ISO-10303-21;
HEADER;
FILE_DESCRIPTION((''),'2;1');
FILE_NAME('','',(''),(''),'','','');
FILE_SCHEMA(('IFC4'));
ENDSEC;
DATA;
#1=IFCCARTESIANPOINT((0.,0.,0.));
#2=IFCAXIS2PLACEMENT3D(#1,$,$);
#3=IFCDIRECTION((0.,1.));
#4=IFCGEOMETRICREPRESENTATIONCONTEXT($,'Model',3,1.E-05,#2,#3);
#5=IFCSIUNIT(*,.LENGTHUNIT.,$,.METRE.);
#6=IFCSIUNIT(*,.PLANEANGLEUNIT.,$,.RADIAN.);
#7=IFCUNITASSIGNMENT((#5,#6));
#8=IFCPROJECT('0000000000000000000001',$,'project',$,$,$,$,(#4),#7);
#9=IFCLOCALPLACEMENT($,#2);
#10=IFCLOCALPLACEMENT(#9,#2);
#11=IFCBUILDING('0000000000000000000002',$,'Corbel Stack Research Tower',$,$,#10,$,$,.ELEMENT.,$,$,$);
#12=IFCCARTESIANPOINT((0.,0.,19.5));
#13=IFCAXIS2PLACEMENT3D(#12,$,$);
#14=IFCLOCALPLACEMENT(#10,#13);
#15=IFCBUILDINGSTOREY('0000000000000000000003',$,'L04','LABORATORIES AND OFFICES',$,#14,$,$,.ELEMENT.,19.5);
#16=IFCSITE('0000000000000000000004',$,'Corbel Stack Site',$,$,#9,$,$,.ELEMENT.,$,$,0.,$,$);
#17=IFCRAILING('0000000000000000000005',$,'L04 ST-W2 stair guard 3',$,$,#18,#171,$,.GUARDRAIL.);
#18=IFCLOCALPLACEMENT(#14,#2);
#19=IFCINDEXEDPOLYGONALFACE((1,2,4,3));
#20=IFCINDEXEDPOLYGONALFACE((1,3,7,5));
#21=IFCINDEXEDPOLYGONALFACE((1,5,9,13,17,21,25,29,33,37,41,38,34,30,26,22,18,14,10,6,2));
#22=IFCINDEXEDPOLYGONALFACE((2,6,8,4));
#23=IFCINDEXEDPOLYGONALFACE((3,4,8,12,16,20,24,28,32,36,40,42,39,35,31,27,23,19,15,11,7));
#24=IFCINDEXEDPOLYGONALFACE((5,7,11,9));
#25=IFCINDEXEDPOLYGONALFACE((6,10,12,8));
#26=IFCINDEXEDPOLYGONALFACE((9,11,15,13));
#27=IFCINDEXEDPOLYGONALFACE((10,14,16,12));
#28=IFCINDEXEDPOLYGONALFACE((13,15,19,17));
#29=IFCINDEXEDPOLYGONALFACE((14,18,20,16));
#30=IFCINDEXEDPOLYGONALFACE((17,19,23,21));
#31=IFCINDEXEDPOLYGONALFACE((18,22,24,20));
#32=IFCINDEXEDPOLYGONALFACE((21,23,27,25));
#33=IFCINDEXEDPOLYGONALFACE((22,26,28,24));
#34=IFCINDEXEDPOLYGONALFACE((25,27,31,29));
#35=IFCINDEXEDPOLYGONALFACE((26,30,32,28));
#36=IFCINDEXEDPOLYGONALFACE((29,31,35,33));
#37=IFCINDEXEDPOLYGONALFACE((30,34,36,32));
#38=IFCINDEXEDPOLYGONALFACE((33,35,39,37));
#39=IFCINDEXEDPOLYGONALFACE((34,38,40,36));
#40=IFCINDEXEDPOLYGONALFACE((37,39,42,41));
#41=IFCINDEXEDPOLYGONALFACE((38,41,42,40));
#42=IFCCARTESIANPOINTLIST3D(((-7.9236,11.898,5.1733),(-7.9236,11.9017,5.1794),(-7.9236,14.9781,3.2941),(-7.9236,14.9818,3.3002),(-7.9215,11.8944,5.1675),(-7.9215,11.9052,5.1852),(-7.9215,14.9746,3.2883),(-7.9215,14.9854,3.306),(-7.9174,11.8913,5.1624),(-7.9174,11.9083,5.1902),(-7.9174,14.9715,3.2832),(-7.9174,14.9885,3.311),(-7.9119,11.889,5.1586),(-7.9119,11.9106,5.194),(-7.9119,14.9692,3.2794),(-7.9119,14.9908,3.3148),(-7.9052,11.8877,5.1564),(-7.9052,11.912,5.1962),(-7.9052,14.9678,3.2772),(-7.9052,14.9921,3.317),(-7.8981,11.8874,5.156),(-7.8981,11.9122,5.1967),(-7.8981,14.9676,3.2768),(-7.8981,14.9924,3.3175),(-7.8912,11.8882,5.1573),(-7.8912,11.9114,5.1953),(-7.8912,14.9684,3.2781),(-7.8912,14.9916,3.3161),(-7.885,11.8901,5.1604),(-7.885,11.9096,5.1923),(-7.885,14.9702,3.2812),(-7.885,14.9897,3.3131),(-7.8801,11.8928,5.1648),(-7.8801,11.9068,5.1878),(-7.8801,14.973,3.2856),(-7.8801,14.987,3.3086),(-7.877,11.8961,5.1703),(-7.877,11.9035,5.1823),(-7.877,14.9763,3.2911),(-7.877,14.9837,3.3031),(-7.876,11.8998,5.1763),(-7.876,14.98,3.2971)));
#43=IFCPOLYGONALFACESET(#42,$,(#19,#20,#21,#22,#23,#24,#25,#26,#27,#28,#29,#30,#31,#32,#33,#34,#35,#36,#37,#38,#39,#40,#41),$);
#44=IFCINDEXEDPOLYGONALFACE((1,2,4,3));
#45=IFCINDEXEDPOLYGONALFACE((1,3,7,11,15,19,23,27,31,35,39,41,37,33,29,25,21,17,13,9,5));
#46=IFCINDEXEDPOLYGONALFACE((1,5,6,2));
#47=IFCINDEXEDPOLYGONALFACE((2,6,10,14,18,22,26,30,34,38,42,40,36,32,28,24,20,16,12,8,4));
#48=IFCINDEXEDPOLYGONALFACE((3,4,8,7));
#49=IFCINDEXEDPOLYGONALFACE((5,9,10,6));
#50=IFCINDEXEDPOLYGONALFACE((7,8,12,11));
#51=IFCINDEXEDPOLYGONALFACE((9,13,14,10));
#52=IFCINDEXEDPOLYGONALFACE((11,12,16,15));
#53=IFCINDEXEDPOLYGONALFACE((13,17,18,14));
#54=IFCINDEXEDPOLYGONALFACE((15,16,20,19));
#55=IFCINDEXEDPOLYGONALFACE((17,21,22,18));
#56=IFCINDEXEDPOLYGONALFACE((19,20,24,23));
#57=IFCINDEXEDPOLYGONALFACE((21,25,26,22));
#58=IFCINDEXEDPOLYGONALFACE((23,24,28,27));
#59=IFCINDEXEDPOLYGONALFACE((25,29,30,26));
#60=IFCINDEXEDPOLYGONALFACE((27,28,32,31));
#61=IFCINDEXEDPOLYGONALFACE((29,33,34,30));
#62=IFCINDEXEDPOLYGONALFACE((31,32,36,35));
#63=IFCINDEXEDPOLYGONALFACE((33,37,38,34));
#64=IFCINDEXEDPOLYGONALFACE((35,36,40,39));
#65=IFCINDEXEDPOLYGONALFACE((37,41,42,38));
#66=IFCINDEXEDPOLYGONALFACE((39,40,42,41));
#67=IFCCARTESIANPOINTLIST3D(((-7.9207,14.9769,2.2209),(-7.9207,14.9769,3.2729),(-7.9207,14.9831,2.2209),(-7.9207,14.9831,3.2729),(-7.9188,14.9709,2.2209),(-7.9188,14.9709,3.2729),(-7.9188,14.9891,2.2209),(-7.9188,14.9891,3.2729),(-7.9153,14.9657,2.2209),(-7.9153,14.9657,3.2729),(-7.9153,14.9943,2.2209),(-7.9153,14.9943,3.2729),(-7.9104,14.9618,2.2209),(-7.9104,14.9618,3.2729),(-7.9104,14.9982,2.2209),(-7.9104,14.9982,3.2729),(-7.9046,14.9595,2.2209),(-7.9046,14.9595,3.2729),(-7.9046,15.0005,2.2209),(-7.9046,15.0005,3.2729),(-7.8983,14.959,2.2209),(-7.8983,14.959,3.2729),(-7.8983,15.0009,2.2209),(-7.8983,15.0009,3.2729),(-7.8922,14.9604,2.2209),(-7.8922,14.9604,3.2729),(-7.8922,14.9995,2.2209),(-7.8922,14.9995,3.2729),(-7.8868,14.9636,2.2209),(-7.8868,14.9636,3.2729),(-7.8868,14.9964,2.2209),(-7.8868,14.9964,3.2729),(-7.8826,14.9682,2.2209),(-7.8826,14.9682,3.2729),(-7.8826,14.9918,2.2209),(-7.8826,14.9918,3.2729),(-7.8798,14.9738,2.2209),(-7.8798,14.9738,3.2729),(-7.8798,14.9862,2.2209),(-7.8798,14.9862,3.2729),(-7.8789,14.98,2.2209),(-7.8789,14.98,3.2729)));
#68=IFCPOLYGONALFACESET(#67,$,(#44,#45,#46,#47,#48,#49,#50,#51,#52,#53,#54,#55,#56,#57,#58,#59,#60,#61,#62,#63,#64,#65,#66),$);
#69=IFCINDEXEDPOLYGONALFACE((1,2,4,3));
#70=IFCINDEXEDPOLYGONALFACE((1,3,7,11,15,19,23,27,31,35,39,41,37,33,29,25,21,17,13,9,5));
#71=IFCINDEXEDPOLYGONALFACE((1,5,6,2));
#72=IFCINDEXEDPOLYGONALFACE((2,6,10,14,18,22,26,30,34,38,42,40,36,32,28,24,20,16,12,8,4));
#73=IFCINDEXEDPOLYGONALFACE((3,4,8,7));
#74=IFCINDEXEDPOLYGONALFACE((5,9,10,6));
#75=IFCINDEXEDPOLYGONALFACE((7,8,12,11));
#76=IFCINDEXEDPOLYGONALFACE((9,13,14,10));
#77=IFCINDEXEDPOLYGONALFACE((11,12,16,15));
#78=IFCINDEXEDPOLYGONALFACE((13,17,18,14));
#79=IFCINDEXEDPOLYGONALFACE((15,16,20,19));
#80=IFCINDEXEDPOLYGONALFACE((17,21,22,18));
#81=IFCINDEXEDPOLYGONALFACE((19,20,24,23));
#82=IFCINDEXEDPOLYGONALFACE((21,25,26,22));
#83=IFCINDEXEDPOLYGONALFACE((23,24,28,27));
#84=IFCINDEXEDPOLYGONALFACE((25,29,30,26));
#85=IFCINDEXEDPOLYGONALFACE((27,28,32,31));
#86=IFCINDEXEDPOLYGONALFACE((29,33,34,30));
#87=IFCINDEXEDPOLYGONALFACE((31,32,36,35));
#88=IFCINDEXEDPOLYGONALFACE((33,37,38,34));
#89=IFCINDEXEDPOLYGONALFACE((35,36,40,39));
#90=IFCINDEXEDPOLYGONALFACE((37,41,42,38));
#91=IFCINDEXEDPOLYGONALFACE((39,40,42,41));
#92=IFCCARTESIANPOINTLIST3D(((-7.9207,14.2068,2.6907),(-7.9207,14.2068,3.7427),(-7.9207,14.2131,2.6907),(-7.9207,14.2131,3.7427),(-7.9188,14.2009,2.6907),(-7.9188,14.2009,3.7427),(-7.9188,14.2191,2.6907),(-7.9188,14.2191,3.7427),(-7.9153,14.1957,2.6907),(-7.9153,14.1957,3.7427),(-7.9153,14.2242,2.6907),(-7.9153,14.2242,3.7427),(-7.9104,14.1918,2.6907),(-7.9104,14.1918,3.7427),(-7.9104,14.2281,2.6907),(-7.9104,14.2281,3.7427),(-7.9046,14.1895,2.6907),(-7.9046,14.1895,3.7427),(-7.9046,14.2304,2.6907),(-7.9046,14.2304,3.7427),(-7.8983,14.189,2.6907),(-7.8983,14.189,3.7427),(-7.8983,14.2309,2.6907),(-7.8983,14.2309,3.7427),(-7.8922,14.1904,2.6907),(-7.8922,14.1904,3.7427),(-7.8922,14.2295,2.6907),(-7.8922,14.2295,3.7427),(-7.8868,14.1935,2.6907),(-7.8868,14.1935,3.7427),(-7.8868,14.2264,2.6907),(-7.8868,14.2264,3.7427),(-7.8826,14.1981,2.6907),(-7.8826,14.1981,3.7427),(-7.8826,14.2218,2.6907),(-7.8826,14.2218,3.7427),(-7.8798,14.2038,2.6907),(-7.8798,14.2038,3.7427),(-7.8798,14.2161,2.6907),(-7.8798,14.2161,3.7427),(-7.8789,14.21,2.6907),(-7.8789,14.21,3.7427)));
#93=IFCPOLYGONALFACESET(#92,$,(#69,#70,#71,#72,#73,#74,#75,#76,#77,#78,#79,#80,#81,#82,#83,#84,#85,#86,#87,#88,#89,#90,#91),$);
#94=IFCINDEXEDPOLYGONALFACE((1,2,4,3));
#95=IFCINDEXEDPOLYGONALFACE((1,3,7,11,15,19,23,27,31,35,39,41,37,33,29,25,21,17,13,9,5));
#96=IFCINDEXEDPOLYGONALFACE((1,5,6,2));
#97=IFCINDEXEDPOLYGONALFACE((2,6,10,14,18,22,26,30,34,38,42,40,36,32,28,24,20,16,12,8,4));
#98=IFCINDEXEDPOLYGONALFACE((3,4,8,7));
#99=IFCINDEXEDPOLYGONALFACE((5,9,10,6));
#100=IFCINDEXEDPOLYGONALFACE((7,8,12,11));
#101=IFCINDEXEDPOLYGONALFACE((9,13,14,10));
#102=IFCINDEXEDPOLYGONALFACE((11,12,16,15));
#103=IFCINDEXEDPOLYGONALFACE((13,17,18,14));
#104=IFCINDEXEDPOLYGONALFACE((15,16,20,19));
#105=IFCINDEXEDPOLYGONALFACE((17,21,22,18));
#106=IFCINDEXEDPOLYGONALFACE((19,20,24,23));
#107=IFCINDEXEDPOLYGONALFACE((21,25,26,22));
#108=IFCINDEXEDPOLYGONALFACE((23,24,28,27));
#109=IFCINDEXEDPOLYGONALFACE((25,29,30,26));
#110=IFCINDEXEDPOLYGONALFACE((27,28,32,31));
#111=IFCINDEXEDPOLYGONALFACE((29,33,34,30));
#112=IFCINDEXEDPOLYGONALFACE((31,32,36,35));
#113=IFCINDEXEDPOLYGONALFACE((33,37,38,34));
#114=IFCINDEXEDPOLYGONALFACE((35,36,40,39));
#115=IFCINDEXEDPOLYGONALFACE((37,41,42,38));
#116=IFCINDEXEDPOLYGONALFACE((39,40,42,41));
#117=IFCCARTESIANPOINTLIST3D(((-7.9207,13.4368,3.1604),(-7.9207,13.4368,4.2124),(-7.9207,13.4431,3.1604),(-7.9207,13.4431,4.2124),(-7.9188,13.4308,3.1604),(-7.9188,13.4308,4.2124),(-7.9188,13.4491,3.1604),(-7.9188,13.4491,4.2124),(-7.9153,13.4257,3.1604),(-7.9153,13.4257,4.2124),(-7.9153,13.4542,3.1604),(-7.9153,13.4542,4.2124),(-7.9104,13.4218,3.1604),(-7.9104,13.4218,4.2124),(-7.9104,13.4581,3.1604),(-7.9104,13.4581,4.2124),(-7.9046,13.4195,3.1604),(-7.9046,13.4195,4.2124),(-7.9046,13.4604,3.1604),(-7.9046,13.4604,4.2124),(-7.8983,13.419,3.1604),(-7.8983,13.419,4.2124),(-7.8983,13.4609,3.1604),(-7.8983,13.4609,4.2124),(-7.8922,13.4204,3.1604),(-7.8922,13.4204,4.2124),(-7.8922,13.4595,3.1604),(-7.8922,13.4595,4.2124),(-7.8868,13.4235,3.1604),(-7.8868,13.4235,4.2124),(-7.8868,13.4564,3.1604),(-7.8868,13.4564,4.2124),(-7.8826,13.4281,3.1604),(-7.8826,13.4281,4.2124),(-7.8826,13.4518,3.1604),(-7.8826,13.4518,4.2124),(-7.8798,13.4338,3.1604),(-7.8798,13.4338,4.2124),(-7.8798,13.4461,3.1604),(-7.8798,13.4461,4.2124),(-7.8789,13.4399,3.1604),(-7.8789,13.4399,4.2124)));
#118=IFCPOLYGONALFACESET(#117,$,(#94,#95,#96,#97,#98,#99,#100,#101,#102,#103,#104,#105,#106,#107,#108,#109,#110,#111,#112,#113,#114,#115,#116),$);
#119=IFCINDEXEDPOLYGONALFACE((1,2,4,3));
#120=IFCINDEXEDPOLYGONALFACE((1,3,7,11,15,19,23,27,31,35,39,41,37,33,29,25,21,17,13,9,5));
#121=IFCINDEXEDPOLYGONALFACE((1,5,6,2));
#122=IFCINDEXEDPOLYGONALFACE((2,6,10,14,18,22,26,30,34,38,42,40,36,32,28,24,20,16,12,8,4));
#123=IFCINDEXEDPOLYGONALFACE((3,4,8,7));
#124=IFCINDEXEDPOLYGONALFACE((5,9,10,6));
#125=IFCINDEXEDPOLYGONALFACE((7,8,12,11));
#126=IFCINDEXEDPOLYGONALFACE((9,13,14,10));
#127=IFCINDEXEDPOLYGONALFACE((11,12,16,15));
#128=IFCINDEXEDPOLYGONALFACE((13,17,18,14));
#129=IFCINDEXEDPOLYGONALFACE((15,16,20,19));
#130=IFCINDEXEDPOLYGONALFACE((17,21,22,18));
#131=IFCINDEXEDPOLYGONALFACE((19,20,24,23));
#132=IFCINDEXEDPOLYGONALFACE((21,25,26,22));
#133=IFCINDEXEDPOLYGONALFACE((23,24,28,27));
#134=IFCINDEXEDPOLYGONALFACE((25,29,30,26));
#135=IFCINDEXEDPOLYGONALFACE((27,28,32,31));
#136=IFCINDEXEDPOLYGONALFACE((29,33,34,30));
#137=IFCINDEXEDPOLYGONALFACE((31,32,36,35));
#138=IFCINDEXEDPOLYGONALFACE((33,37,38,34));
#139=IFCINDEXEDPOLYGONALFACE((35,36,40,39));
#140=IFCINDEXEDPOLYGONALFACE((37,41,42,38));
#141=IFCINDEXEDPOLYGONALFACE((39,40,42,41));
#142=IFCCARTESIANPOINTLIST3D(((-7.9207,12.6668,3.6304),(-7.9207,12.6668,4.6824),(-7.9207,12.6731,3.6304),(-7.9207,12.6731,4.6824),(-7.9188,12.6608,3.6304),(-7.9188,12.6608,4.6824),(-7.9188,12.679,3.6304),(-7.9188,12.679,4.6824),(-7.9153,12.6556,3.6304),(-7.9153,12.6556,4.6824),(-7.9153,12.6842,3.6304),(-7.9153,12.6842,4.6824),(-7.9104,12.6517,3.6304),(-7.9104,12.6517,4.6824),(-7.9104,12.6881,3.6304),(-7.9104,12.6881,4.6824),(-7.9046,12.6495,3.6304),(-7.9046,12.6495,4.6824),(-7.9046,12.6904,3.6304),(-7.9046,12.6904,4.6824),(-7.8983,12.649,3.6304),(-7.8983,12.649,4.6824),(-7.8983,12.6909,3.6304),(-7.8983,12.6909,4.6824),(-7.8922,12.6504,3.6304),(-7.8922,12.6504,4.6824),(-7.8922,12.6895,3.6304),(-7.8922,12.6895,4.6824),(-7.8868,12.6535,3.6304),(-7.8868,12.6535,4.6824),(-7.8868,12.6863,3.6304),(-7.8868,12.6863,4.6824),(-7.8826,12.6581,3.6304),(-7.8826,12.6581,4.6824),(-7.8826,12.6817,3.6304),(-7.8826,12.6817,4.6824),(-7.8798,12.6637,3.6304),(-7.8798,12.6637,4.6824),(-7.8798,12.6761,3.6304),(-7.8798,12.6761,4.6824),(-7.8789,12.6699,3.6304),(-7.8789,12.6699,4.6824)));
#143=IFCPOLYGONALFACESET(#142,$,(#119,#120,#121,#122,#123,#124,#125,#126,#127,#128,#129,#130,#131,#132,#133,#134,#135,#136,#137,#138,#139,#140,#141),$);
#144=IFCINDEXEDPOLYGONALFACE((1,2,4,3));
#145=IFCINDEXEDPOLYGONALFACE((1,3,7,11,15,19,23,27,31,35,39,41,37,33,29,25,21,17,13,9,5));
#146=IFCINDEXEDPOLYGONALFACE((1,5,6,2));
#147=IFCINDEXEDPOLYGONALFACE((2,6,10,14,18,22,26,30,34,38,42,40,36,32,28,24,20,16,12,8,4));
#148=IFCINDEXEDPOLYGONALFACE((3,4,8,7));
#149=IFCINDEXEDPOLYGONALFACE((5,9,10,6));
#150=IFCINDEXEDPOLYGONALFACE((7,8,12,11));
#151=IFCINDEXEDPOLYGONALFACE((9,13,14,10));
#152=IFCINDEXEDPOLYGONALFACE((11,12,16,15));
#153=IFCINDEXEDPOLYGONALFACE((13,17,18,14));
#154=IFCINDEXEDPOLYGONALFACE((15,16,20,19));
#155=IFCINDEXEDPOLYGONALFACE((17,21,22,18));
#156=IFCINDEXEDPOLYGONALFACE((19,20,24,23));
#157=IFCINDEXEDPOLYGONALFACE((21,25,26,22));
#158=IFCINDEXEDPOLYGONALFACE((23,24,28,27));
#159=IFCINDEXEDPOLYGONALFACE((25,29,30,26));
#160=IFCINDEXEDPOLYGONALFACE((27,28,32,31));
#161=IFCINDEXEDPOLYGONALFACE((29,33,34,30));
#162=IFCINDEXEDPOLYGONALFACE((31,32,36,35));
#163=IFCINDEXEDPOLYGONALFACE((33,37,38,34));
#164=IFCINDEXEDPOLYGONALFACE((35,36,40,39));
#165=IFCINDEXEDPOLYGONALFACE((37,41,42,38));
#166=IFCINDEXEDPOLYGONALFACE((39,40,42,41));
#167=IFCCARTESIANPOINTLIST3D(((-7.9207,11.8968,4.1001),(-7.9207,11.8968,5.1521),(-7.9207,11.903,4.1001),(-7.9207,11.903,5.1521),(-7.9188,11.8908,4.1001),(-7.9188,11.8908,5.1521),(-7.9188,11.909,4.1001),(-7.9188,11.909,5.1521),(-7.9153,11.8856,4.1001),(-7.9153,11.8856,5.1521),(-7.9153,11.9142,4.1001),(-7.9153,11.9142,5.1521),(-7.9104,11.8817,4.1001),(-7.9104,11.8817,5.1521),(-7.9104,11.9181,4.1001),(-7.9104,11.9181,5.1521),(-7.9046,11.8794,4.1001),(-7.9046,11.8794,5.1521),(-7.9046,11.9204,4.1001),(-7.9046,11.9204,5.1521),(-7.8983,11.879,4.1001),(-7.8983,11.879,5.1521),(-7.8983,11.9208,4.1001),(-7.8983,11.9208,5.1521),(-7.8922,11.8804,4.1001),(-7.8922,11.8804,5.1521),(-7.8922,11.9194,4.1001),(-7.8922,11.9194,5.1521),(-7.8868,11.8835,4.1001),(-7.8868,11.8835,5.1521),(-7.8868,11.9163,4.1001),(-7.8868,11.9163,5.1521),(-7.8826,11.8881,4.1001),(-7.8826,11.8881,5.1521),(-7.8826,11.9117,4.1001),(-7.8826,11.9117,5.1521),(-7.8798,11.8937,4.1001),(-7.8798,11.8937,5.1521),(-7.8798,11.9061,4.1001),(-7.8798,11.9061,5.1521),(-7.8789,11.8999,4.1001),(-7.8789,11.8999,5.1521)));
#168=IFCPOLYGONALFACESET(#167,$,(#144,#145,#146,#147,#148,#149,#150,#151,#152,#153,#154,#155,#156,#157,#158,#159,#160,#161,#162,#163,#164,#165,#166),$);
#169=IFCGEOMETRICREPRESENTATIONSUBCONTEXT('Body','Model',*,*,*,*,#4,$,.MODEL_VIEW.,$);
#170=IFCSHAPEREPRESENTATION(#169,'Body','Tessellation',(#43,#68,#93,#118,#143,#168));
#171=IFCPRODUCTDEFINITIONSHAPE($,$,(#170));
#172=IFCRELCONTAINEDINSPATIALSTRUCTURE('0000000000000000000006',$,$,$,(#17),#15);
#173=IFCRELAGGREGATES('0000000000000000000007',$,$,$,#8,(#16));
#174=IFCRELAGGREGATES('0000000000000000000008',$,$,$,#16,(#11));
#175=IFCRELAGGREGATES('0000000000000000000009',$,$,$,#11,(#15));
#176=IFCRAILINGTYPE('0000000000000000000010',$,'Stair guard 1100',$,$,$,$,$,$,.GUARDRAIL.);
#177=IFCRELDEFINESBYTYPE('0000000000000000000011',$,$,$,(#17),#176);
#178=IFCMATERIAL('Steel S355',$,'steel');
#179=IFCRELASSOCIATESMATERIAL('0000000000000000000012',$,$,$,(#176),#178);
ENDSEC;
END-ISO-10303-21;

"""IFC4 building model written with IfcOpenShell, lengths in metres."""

from ifc_helpers import new_model, si_unit, direction, frame, origin, origin_2d, place, context, subcontext, project, spatial, circle, extrude, material, type_object, element, save


model = new_model("IFC4")

# Units and contexts
model_context = context("Model", 3, precision=1e-05, world=origin(), true_north=direction((0.0, 1.0)))
body_context = subcontext(model_context, "Body", "Model", "MODEL_VIEW")
ifc_project = project(units=[si_unit("LENGTHUNIT", "METRE"), si_unit("PLANEANGLEUNIT", "RADIAN")], contexts=[model_context])

# Site, building, storey
site_placement = place(None, origin())
site = spatial("IfcSite", under=ifc_project, at=site_placement, Name="Corbel Stack Site", CompositionType="ELEMENT", RefElevation=0.0)
building_placement = place(site_placement, origin())
building = spatial("IfcBuilding", under=site, at=building_placement, Name="Corbel Stack Research Tower", CompositionType="ELEMENT")
storey_placement = place(building_placement, frame((0.0, 0.0, 19.5)))
storey = spatial("IfcBuildingStorey", under=building, at=storey_placement, Name="L04", Description="LABORATORIES AND OFFICES", CompositionType="ELEMENT", Elevation=19.5)

# Railing
ifc_material_1 = material(Name="Steel S355", Category="steel")
railing_type_1 = type_object("IfcRailingType", Name="Stair guard 1100", PredefinedType="GUARDRAIL", material=ifc_material_1)
railing_1_placement = place(storey_placement, frame((-7.8999, 14.98, 2.2209)))
element("IfcRailing", 1, at=railing_1_placement, inside=storey, type_object=railing_type_1, Name="L04 ST-W2 stair guard 3", PredefinedType="GUARDRAIL", context=body_context, shape_type="SweptSolid", body=[
    extrude(circle(Radius=0.0239, at=origin_2d()), frame((0.0, 0.0, 1.0762), z_axis=(0.0, -0.853666, 0.52082), x_axis=(1.0, 0.0, 0.0)), (0.0, 0.0, 1.0), 3.6082),
    extrude(circle(Radius=0.021, at=origin_2d()), origin(), (0.0, 0.0, 1.0), 1.052),
    extrude(circle(Radius=0.021, at=origin_2d()), frame((0.0, -0.77, 0.4697)), (0.0, 0.0, 1.0), 1.052),
    extrude(circle(Radius=0.021, at=origin_2d()), frame((0.0, -1.54, 0.9395)), (0.0, 0.0, 1.0), 1.052),
    extrude(circle(Radius=0.021, at=origin_2d()), frame((0.0, -2.3101, 1.4094)), (0.0, 0.0, 1.0), 1.052),
    extrude(circle(Radius=0.021, at=origin_2d()), frame((0.0, -3.0801, 1.8792)), (0.0, 0.0, 1.0), 1.052),
])

save(model, "model.ifc")
